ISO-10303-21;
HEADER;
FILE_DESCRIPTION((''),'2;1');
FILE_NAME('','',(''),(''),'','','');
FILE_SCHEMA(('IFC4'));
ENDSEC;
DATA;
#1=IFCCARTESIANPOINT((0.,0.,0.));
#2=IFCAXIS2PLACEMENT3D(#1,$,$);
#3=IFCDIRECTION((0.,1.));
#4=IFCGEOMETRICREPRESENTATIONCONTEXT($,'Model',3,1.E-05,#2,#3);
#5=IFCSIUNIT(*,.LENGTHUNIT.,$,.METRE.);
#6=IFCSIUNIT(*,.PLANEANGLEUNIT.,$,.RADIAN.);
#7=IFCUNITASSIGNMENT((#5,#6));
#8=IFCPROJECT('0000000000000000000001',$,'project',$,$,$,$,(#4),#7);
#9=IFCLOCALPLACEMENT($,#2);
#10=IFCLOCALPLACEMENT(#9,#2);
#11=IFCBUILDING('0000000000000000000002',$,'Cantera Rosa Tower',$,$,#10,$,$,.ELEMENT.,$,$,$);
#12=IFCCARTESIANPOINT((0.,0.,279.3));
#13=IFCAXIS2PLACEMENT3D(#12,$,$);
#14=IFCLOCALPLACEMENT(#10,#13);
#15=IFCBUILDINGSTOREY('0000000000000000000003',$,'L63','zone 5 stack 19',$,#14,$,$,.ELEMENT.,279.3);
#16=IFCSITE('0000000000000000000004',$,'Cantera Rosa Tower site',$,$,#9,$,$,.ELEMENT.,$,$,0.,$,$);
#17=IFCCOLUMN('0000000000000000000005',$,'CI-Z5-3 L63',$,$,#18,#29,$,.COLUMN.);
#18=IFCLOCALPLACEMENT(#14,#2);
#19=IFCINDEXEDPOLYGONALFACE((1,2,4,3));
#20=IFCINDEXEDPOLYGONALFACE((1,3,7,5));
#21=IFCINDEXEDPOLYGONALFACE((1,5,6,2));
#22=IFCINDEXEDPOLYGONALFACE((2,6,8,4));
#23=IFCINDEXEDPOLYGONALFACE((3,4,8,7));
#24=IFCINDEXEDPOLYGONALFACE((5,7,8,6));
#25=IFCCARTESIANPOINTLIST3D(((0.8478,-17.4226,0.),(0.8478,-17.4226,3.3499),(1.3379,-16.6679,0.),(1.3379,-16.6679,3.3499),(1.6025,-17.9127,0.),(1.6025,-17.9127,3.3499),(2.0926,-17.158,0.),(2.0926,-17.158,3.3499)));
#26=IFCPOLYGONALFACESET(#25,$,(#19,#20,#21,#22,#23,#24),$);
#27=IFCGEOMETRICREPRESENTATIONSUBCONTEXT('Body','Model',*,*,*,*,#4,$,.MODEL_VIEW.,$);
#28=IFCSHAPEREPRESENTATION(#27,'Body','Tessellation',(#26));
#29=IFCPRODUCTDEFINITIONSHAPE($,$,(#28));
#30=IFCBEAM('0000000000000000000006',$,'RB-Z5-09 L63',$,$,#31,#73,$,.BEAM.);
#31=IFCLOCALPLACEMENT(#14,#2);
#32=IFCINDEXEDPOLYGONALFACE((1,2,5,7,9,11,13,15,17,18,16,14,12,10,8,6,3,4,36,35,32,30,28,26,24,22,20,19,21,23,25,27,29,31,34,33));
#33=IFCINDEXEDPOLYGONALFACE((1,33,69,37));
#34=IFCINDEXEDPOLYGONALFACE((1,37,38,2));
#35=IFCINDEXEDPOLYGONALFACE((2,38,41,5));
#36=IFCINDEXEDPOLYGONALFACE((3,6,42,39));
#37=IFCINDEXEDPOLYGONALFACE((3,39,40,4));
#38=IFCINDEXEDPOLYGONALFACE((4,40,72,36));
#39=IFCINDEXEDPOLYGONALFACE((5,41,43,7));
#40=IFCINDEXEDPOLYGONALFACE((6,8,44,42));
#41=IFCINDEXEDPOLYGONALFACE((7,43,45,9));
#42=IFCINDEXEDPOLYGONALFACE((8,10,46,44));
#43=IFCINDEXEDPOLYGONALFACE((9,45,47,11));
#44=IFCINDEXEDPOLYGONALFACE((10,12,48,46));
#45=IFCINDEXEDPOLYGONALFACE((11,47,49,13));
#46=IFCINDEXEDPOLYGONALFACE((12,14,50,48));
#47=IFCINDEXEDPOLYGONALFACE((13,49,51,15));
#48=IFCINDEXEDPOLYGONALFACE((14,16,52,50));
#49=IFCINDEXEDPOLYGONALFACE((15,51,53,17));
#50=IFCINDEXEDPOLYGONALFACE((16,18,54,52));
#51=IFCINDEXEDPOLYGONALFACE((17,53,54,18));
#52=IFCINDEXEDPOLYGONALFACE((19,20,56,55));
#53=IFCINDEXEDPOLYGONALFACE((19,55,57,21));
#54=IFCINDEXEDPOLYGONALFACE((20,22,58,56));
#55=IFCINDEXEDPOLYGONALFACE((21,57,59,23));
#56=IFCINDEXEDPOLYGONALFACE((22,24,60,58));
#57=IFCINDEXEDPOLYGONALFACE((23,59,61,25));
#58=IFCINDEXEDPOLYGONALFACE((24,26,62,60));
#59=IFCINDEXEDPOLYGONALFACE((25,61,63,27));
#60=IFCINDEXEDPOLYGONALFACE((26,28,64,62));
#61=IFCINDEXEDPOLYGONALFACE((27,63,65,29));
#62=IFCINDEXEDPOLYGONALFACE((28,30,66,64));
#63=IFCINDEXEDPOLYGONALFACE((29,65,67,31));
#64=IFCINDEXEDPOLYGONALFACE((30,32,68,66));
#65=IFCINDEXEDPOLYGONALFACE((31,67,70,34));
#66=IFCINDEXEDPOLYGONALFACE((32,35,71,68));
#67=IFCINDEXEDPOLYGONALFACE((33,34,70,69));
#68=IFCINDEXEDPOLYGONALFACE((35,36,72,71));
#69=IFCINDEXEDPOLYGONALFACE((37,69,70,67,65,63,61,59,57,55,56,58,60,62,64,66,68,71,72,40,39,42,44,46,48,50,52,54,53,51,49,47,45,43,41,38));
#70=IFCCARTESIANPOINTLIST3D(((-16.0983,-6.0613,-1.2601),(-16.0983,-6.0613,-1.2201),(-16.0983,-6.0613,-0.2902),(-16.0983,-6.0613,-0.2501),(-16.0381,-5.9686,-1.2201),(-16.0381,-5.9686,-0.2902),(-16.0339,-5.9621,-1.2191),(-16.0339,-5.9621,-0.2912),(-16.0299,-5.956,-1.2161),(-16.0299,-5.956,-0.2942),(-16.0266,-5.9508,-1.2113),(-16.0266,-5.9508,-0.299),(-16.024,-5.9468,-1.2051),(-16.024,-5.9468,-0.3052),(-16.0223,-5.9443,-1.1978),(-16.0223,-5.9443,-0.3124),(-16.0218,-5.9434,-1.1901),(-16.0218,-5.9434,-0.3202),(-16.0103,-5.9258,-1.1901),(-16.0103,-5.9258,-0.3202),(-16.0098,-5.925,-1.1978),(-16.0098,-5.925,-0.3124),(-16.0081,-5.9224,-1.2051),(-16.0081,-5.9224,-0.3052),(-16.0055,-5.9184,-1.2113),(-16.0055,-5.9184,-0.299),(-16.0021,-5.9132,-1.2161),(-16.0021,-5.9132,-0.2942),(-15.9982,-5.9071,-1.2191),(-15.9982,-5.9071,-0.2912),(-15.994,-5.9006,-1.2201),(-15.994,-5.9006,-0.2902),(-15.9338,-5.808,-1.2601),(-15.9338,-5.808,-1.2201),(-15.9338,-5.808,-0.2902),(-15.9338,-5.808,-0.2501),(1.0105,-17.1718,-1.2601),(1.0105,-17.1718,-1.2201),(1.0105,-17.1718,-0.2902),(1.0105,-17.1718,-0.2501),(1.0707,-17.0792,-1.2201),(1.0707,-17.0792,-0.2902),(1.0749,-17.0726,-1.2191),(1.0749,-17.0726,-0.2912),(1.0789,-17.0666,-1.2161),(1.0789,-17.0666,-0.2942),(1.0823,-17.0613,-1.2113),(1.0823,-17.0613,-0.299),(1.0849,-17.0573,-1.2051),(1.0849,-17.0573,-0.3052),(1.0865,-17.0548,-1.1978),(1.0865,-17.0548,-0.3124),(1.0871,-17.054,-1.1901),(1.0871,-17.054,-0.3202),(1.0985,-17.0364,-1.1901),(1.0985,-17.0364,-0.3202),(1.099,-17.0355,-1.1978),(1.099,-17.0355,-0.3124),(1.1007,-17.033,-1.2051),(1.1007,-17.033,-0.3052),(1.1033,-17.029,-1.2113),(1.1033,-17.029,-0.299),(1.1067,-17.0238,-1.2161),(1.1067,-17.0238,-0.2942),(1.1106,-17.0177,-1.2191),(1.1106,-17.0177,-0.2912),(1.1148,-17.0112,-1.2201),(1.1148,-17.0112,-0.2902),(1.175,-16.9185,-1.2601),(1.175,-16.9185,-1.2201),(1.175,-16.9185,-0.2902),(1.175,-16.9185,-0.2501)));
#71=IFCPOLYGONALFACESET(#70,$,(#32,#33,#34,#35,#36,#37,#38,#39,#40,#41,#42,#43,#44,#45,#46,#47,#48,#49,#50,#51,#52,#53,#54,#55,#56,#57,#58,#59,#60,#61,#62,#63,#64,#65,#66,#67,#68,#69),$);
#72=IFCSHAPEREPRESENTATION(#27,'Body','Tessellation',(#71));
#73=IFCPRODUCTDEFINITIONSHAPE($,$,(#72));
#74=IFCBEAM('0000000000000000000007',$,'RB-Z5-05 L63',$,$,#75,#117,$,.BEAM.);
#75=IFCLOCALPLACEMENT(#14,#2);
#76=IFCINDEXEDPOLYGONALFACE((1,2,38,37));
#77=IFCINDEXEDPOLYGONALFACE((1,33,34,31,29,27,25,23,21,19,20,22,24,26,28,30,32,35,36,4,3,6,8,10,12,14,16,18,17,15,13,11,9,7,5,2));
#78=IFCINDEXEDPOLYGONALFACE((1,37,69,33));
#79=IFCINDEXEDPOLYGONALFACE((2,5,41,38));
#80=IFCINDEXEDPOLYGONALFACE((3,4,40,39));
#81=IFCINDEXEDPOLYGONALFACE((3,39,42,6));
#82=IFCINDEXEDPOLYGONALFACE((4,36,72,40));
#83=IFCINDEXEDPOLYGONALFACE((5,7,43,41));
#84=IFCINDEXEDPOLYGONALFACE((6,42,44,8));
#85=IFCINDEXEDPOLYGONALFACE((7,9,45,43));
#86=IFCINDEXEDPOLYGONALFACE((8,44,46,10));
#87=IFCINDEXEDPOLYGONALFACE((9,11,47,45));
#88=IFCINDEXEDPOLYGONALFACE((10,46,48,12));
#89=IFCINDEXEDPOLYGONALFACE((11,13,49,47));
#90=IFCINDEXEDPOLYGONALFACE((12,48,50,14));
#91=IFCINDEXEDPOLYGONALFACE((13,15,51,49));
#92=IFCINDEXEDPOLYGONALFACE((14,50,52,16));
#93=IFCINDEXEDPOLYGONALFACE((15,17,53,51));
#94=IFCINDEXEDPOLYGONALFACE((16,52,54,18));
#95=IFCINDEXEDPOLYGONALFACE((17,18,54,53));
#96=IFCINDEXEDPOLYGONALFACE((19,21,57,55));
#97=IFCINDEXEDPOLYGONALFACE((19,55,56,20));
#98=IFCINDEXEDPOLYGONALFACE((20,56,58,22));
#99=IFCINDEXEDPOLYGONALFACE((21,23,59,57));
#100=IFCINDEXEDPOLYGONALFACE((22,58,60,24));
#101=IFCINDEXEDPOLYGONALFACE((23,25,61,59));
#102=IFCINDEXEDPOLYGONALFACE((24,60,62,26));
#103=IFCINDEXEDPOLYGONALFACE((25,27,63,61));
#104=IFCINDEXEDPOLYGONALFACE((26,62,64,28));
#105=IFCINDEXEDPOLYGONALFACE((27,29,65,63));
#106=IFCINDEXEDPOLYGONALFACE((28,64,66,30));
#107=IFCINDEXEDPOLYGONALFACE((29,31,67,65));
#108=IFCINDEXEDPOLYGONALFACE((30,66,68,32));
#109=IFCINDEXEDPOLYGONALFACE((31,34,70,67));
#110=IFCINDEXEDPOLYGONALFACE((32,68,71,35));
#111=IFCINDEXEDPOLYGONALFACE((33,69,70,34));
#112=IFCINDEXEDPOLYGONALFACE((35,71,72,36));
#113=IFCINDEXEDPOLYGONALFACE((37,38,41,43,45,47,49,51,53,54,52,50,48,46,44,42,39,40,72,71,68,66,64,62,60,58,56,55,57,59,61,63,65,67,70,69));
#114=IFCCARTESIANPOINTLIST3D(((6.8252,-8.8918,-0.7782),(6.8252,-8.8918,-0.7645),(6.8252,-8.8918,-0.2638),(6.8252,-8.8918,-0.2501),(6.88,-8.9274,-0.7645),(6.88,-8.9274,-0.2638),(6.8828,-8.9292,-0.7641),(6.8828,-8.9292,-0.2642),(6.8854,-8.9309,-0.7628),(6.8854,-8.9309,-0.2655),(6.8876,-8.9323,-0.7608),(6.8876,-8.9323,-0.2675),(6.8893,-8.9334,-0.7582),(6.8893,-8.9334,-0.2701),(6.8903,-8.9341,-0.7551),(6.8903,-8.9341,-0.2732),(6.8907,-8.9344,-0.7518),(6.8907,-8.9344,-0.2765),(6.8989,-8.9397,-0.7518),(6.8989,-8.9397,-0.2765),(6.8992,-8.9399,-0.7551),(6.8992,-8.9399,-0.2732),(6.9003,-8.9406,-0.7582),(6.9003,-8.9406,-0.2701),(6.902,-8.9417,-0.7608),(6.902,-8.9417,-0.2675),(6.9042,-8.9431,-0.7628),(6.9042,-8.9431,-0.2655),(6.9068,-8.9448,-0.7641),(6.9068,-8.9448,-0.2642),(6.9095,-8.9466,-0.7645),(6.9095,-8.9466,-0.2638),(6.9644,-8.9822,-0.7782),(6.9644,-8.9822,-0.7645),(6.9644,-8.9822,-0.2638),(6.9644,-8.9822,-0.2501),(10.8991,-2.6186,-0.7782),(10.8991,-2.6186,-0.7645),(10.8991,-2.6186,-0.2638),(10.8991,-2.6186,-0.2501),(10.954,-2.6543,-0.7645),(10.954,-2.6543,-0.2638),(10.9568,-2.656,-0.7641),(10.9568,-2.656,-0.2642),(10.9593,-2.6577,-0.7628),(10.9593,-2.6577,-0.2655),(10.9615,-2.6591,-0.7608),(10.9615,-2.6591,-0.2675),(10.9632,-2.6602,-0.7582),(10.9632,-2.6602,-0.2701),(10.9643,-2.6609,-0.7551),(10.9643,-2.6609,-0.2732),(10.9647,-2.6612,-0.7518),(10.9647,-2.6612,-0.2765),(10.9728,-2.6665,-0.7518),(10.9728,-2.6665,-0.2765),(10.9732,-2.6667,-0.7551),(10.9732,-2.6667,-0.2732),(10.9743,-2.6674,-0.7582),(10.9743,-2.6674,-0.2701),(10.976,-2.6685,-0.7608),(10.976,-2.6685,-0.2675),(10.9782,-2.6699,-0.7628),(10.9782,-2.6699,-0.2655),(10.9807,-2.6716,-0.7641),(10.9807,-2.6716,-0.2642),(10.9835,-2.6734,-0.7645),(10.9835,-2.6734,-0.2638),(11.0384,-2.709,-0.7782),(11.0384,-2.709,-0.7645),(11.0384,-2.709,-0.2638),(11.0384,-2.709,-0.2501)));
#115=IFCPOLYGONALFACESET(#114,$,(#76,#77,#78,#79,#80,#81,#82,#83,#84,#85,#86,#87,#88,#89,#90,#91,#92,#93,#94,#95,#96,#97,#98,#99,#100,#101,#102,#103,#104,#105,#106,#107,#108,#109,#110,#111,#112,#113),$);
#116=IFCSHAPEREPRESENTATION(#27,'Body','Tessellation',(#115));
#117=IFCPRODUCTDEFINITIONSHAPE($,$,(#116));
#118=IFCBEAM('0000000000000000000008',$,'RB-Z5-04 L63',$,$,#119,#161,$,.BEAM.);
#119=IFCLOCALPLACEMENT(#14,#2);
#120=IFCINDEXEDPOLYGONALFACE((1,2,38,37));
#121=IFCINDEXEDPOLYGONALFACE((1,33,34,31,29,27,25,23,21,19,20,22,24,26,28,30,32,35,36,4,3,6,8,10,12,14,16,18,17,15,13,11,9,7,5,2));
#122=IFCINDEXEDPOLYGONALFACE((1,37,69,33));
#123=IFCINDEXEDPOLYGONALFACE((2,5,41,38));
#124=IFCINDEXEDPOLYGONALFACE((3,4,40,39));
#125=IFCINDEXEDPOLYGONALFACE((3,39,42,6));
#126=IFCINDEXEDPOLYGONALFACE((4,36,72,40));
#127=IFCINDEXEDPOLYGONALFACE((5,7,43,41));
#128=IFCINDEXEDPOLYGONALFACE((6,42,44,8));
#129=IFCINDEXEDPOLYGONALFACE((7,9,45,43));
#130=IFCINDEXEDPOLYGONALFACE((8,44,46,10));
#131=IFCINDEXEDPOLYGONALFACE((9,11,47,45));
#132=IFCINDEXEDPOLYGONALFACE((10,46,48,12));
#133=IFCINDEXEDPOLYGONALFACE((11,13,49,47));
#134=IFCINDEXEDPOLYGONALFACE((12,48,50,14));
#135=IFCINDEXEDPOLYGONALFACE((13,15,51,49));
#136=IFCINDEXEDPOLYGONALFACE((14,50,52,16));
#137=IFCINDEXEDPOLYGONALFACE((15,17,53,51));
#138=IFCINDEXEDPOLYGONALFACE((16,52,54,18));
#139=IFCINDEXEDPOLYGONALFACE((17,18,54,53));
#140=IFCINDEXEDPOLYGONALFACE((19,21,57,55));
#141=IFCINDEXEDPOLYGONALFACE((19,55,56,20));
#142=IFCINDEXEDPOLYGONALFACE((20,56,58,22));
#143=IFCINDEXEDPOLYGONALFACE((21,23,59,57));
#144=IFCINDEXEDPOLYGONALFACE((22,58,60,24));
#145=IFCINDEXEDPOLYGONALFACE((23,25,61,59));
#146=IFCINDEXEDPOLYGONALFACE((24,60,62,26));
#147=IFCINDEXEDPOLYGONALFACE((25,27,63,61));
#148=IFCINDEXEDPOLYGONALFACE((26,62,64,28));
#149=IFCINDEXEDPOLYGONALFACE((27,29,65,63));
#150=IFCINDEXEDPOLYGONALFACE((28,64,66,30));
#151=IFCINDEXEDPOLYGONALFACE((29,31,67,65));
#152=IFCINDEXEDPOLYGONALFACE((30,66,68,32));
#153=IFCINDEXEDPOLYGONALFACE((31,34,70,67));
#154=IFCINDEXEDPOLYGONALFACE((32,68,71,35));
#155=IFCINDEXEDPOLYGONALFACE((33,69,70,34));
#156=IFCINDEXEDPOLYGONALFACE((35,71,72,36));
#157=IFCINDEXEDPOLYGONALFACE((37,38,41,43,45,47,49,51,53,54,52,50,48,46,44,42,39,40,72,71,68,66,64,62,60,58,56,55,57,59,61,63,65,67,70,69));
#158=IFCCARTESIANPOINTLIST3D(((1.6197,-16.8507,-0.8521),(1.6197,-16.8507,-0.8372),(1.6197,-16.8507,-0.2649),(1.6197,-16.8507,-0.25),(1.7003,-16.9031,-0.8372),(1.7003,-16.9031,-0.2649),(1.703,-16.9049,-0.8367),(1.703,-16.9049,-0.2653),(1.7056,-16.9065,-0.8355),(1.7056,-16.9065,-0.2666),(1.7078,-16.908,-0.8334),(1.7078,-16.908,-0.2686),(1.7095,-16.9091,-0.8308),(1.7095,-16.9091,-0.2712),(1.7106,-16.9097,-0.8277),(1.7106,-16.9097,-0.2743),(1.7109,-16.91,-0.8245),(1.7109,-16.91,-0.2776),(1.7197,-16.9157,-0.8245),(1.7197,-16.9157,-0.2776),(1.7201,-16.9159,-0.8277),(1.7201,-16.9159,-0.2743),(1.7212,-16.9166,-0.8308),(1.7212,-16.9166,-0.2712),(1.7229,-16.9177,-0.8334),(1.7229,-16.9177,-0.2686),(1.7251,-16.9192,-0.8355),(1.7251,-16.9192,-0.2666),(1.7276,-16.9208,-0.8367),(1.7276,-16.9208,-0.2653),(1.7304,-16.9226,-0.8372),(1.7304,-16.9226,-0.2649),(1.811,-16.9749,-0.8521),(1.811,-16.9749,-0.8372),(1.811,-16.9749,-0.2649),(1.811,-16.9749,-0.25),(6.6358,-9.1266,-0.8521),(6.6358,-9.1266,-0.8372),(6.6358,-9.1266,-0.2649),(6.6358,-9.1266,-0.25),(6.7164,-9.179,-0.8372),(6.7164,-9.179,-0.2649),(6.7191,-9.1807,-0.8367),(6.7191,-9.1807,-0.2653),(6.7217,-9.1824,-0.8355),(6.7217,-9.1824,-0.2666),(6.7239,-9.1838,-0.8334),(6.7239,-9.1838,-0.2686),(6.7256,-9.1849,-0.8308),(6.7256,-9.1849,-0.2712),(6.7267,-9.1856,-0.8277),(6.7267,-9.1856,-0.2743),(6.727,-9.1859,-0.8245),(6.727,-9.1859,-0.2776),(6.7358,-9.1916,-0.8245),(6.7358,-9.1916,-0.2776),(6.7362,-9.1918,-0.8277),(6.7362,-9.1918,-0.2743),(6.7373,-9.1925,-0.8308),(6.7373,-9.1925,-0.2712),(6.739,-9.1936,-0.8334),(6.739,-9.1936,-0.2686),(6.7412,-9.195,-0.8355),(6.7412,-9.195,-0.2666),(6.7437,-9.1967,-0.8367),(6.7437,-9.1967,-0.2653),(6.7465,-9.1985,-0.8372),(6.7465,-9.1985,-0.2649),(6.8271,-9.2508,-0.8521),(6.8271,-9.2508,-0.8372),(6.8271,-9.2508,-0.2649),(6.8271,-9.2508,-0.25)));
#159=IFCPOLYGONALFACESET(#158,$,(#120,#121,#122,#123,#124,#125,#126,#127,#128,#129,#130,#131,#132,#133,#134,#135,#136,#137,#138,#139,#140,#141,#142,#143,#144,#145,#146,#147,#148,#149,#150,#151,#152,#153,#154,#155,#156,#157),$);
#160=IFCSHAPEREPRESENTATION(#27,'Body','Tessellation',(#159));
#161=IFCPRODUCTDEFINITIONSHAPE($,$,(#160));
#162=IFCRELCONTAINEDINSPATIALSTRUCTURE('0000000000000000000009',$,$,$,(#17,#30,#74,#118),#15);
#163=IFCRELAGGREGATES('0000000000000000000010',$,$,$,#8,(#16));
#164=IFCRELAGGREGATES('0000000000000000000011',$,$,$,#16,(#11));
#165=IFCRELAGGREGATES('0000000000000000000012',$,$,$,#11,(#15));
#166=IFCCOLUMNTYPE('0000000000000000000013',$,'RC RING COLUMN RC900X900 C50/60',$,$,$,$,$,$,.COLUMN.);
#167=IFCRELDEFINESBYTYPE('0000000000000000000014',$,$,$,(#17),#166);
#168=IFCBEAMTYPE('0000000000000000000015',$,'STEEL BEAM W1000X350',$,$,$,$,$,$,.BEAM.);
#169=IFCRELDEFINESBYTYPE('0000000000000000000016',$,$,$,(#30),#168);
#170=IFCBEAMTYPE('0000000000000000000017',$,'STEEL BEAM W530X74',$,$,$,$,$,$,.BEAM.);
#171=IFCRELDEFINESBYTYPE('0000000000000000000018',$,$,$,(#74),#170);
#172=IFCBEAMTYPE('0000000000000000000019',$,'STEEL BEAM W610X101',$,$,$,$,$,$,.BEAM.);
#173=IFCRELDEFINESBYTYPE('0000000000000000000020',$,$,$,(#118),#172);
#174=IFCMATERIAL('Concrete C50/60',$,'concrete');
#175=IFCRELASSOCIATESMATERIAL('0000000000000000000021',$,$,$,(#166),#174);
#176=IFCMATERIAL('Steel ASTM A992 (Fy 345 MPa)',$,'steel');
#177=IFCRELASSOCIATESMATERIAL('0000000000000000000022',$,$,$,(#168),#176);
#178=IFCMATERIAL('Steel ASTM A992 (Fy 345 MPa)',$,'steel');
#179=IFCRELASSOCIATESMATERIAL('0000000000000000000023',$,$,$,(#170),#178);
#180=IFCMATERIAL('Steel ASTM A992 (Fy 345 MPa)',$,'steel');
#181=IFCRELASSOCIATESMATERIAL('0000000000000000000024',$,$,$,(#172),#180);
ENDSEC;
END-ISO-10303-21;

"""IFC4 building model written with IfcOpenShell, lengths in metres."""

from ifc_helpers import new_model, si_unit, direction, frame, origin, origin_2d, place, context, subcontext, project, spatial, rectangle, i_section, extrude, material, material_profile, profile_set, type_object, element, save


model = new_model("IFC4")

# Units and contexts
model_context = context("Model", 3, precision=1e-05, world=origin(), true_north=direction((0.0, 1.0)))
body_context = subcontext(model_context, "Body", "Model", "MODEL_VIEW")
ifc_project = project(units=[si_unit("LENGTHUNIT", "METRE"), si_unit("PLANEANGLEUNIT", "RADIAN")], contexts=[model_context])

# Site, building, storey
site_placement = place(None, origin())
site = spatial("IfcSite", under=ifc_project, at=site_placement, Name="Cantera Rosa Tower site", CompositionType="ELEMENT", RefElevation=0.0)
building_placement = place(site_placement, origin())
building = spatial("IfcBuilding", under=site, at=building_placement, Name="Cantera Rosa Tower", CompositionType="ELEMENT")
storey_placement = place(building_placement, frame((0.0, 0.0, 279.3)))
storey = spatial("IfcBuildingStorey", under=building, at=storey_placement, Name="L63", Description="zone 5 stack 19", CompositionType="ELEMENT", Elevation=279.3)

# Column
ifc_material_1 = material(Name="Concrete C50/60", Category="concrete")
ifc_material_profile_1 = material_profile(ifc_material_1, rectangle(XDim=0.8999, YDim=0.8999, at=origin_2d()), Name="RC RING COLUMN RC900X900 C50/60")
ifc_profile_set_1 = profile_set([ifc_material_profile_1], Name="Concrete C50/60")
column_type = type_object("IfcColumnType", Name="RC RING COLUMN RC900X900 C50/60", PredefinedType="COLUMN", material=ifc_profile_set_1)
column_placement = place(storey_placement, frame((1.4702, -17.2903, 0.0), z_axis=(0.0, 0.0, 1.0), x_axis=(0.544639, 0.838671, 0.0)))
element("IfcColumn", 1, at=column_placement, inside=storey, type_object=column_type, Name="CI-Z5-3 L63", PredefinedType="COLUMN", context=body_context, shape_type="SweptSolid", body=[
    extrude(rectangle(XDim=0.8999, YDim=0.8999, at=origin_2d()), origin(), (0.0, 0.0, 1.0), 3.3499),
])

# Beams
ifc_material_2 = material(Name="Steel ASTM A992 (Fy 345 MPa)", Category="steel")
ifc_material_profile_2 = material_profile(ifc_material_2, i_section(OverallWidth=0.302, OverallDepth=1.01, WebThickness=0.021, FlangeThickness=0.04, FilletRadius=0.03, at=origin_2d()), Name="W1000X350")
ifc_profile_set_2 = profile_set([ifc_material_profile_2], Name="Steel ASTM A992 (Fy 345 MPa)")
beam_type_1 = type_object("IfcBeamType", Name="STEEL BEAM W1000X350", PredefinedType="BEAM", material=ifc_profile_set_2)
beam_1_placement = place(storey_placement, frame((1.0928, -17.0452, -0.7551), z_axis=(-0.838672, 0.544637, 0.0), x_axis=(-0.544637, -0.838672, 0.0)))
element("IfcBeam", 2, at=beam_1_placement, inside=storey, type_object=beam_type_1, Name="RB-Z5-09 L63", PredefinedType="BEAM", context=body_context, shape_type="SweptSolid", body=[
    extrude(i_section(OverallWidth=0.302, OverallDepth=1.01, WebThickness=0.021, FlangeThickness=0.04, FilletRadius=0.03, at=origin_2d()), origin(), (0.0, 0.0, 1.0), 20.3999),
])
ifc_material_3 = material(Name="Steel ASTM A992 (Fy 345 MPa)", Category="steel")
ifc_material_profile_3 = material_profile(ifc_material_3, i_section(OverallWidth=0.166, OverallDepth=0.5281, WebThickness=0.0098, FlangeThickness=0.0137, FilletRadius=0.0127, at=origin_2d()), Name="W530X74")
ifc_profile_set_3 = profile_set([ifc_material_profile_3], Name="Steel ASTM A992 (Fy 345 MPa)")
beam_type_2 = type_object("IfcBeamType", Name="STEEL BEAM W530X74", PredefinedType="BEAM", material=ifc_profile_set_3)
beam_2_placement = place(storey_placement, frame((6.8948, -8.937, -0.5142), z_axis=(0.54465, 0.838664, 0.0), x_axis=(-0.838664, 0.54465, 0.0)))
element("IfcBeam", 3, at=beam_2_placement, inside=storey, type_object=beam_type_2, Name="RB-Z5-05 L63", PredefinedType="BEAM", context=body_context, shape_type="SweptSolid", body=[
    extrude(i_section(OverallWidth=0.166, OverallDepth=0.5281, WebThickness=0.0098, FlangeThickness=0.0137, FilletRadius=0.0127, at=origin_2d()), origin(), (0.0, 0.0, 1.0), 7.48),
])
ifc_material_4 = material(Name="Steel ASTM A992 (Fy 345 MPa)", Category="steel")
ifc_material_profile_4 = material_profile(ifc_material_4, i_section(OverallWidth=0.228, OverallDepth=0.6021, WebThickness=0.0105, FlangeThickness=0.0149, FilletRadius=0.0127, at=origin_2d()), Name="W610X101")
ifc_profile_set_4 = profile_set([ifc_material_profile_4], Name="Steel ASTM A992 (Fy 345 MPa)")
beam_type_3 = type_object("IfcBeamType", Name="STEEL BEAM W610X101", PredefinedType="BEAM", material=ifc_profile_set_4)
beam_3_placement = place(storey_placement, frame((1.7153, -16.9128, -0.551), z_axis=(0.54464, 0.83867, 0.0), x_axis=(-0.83867, 0.54464, 0.0)))
element("IfcBeam", 4, at=beam_3_placement, inside=storey, type_object=beam_type_3, Name="RB-Z5-04 L63", PredefinedType="BEAM", context=body_context, shape_type="SweptSolid", body=[
    extrude(i_section(OverallWidth=0.228, OverallDepth=0.6021, WebThickness=0.0105, FlangeThickness=0.0149, FilletRadius=0.0127, at=origin_2d()), origin(), (0.0, 0.0, 1.0), 9.21),
])

save(model, "model.ifc")
